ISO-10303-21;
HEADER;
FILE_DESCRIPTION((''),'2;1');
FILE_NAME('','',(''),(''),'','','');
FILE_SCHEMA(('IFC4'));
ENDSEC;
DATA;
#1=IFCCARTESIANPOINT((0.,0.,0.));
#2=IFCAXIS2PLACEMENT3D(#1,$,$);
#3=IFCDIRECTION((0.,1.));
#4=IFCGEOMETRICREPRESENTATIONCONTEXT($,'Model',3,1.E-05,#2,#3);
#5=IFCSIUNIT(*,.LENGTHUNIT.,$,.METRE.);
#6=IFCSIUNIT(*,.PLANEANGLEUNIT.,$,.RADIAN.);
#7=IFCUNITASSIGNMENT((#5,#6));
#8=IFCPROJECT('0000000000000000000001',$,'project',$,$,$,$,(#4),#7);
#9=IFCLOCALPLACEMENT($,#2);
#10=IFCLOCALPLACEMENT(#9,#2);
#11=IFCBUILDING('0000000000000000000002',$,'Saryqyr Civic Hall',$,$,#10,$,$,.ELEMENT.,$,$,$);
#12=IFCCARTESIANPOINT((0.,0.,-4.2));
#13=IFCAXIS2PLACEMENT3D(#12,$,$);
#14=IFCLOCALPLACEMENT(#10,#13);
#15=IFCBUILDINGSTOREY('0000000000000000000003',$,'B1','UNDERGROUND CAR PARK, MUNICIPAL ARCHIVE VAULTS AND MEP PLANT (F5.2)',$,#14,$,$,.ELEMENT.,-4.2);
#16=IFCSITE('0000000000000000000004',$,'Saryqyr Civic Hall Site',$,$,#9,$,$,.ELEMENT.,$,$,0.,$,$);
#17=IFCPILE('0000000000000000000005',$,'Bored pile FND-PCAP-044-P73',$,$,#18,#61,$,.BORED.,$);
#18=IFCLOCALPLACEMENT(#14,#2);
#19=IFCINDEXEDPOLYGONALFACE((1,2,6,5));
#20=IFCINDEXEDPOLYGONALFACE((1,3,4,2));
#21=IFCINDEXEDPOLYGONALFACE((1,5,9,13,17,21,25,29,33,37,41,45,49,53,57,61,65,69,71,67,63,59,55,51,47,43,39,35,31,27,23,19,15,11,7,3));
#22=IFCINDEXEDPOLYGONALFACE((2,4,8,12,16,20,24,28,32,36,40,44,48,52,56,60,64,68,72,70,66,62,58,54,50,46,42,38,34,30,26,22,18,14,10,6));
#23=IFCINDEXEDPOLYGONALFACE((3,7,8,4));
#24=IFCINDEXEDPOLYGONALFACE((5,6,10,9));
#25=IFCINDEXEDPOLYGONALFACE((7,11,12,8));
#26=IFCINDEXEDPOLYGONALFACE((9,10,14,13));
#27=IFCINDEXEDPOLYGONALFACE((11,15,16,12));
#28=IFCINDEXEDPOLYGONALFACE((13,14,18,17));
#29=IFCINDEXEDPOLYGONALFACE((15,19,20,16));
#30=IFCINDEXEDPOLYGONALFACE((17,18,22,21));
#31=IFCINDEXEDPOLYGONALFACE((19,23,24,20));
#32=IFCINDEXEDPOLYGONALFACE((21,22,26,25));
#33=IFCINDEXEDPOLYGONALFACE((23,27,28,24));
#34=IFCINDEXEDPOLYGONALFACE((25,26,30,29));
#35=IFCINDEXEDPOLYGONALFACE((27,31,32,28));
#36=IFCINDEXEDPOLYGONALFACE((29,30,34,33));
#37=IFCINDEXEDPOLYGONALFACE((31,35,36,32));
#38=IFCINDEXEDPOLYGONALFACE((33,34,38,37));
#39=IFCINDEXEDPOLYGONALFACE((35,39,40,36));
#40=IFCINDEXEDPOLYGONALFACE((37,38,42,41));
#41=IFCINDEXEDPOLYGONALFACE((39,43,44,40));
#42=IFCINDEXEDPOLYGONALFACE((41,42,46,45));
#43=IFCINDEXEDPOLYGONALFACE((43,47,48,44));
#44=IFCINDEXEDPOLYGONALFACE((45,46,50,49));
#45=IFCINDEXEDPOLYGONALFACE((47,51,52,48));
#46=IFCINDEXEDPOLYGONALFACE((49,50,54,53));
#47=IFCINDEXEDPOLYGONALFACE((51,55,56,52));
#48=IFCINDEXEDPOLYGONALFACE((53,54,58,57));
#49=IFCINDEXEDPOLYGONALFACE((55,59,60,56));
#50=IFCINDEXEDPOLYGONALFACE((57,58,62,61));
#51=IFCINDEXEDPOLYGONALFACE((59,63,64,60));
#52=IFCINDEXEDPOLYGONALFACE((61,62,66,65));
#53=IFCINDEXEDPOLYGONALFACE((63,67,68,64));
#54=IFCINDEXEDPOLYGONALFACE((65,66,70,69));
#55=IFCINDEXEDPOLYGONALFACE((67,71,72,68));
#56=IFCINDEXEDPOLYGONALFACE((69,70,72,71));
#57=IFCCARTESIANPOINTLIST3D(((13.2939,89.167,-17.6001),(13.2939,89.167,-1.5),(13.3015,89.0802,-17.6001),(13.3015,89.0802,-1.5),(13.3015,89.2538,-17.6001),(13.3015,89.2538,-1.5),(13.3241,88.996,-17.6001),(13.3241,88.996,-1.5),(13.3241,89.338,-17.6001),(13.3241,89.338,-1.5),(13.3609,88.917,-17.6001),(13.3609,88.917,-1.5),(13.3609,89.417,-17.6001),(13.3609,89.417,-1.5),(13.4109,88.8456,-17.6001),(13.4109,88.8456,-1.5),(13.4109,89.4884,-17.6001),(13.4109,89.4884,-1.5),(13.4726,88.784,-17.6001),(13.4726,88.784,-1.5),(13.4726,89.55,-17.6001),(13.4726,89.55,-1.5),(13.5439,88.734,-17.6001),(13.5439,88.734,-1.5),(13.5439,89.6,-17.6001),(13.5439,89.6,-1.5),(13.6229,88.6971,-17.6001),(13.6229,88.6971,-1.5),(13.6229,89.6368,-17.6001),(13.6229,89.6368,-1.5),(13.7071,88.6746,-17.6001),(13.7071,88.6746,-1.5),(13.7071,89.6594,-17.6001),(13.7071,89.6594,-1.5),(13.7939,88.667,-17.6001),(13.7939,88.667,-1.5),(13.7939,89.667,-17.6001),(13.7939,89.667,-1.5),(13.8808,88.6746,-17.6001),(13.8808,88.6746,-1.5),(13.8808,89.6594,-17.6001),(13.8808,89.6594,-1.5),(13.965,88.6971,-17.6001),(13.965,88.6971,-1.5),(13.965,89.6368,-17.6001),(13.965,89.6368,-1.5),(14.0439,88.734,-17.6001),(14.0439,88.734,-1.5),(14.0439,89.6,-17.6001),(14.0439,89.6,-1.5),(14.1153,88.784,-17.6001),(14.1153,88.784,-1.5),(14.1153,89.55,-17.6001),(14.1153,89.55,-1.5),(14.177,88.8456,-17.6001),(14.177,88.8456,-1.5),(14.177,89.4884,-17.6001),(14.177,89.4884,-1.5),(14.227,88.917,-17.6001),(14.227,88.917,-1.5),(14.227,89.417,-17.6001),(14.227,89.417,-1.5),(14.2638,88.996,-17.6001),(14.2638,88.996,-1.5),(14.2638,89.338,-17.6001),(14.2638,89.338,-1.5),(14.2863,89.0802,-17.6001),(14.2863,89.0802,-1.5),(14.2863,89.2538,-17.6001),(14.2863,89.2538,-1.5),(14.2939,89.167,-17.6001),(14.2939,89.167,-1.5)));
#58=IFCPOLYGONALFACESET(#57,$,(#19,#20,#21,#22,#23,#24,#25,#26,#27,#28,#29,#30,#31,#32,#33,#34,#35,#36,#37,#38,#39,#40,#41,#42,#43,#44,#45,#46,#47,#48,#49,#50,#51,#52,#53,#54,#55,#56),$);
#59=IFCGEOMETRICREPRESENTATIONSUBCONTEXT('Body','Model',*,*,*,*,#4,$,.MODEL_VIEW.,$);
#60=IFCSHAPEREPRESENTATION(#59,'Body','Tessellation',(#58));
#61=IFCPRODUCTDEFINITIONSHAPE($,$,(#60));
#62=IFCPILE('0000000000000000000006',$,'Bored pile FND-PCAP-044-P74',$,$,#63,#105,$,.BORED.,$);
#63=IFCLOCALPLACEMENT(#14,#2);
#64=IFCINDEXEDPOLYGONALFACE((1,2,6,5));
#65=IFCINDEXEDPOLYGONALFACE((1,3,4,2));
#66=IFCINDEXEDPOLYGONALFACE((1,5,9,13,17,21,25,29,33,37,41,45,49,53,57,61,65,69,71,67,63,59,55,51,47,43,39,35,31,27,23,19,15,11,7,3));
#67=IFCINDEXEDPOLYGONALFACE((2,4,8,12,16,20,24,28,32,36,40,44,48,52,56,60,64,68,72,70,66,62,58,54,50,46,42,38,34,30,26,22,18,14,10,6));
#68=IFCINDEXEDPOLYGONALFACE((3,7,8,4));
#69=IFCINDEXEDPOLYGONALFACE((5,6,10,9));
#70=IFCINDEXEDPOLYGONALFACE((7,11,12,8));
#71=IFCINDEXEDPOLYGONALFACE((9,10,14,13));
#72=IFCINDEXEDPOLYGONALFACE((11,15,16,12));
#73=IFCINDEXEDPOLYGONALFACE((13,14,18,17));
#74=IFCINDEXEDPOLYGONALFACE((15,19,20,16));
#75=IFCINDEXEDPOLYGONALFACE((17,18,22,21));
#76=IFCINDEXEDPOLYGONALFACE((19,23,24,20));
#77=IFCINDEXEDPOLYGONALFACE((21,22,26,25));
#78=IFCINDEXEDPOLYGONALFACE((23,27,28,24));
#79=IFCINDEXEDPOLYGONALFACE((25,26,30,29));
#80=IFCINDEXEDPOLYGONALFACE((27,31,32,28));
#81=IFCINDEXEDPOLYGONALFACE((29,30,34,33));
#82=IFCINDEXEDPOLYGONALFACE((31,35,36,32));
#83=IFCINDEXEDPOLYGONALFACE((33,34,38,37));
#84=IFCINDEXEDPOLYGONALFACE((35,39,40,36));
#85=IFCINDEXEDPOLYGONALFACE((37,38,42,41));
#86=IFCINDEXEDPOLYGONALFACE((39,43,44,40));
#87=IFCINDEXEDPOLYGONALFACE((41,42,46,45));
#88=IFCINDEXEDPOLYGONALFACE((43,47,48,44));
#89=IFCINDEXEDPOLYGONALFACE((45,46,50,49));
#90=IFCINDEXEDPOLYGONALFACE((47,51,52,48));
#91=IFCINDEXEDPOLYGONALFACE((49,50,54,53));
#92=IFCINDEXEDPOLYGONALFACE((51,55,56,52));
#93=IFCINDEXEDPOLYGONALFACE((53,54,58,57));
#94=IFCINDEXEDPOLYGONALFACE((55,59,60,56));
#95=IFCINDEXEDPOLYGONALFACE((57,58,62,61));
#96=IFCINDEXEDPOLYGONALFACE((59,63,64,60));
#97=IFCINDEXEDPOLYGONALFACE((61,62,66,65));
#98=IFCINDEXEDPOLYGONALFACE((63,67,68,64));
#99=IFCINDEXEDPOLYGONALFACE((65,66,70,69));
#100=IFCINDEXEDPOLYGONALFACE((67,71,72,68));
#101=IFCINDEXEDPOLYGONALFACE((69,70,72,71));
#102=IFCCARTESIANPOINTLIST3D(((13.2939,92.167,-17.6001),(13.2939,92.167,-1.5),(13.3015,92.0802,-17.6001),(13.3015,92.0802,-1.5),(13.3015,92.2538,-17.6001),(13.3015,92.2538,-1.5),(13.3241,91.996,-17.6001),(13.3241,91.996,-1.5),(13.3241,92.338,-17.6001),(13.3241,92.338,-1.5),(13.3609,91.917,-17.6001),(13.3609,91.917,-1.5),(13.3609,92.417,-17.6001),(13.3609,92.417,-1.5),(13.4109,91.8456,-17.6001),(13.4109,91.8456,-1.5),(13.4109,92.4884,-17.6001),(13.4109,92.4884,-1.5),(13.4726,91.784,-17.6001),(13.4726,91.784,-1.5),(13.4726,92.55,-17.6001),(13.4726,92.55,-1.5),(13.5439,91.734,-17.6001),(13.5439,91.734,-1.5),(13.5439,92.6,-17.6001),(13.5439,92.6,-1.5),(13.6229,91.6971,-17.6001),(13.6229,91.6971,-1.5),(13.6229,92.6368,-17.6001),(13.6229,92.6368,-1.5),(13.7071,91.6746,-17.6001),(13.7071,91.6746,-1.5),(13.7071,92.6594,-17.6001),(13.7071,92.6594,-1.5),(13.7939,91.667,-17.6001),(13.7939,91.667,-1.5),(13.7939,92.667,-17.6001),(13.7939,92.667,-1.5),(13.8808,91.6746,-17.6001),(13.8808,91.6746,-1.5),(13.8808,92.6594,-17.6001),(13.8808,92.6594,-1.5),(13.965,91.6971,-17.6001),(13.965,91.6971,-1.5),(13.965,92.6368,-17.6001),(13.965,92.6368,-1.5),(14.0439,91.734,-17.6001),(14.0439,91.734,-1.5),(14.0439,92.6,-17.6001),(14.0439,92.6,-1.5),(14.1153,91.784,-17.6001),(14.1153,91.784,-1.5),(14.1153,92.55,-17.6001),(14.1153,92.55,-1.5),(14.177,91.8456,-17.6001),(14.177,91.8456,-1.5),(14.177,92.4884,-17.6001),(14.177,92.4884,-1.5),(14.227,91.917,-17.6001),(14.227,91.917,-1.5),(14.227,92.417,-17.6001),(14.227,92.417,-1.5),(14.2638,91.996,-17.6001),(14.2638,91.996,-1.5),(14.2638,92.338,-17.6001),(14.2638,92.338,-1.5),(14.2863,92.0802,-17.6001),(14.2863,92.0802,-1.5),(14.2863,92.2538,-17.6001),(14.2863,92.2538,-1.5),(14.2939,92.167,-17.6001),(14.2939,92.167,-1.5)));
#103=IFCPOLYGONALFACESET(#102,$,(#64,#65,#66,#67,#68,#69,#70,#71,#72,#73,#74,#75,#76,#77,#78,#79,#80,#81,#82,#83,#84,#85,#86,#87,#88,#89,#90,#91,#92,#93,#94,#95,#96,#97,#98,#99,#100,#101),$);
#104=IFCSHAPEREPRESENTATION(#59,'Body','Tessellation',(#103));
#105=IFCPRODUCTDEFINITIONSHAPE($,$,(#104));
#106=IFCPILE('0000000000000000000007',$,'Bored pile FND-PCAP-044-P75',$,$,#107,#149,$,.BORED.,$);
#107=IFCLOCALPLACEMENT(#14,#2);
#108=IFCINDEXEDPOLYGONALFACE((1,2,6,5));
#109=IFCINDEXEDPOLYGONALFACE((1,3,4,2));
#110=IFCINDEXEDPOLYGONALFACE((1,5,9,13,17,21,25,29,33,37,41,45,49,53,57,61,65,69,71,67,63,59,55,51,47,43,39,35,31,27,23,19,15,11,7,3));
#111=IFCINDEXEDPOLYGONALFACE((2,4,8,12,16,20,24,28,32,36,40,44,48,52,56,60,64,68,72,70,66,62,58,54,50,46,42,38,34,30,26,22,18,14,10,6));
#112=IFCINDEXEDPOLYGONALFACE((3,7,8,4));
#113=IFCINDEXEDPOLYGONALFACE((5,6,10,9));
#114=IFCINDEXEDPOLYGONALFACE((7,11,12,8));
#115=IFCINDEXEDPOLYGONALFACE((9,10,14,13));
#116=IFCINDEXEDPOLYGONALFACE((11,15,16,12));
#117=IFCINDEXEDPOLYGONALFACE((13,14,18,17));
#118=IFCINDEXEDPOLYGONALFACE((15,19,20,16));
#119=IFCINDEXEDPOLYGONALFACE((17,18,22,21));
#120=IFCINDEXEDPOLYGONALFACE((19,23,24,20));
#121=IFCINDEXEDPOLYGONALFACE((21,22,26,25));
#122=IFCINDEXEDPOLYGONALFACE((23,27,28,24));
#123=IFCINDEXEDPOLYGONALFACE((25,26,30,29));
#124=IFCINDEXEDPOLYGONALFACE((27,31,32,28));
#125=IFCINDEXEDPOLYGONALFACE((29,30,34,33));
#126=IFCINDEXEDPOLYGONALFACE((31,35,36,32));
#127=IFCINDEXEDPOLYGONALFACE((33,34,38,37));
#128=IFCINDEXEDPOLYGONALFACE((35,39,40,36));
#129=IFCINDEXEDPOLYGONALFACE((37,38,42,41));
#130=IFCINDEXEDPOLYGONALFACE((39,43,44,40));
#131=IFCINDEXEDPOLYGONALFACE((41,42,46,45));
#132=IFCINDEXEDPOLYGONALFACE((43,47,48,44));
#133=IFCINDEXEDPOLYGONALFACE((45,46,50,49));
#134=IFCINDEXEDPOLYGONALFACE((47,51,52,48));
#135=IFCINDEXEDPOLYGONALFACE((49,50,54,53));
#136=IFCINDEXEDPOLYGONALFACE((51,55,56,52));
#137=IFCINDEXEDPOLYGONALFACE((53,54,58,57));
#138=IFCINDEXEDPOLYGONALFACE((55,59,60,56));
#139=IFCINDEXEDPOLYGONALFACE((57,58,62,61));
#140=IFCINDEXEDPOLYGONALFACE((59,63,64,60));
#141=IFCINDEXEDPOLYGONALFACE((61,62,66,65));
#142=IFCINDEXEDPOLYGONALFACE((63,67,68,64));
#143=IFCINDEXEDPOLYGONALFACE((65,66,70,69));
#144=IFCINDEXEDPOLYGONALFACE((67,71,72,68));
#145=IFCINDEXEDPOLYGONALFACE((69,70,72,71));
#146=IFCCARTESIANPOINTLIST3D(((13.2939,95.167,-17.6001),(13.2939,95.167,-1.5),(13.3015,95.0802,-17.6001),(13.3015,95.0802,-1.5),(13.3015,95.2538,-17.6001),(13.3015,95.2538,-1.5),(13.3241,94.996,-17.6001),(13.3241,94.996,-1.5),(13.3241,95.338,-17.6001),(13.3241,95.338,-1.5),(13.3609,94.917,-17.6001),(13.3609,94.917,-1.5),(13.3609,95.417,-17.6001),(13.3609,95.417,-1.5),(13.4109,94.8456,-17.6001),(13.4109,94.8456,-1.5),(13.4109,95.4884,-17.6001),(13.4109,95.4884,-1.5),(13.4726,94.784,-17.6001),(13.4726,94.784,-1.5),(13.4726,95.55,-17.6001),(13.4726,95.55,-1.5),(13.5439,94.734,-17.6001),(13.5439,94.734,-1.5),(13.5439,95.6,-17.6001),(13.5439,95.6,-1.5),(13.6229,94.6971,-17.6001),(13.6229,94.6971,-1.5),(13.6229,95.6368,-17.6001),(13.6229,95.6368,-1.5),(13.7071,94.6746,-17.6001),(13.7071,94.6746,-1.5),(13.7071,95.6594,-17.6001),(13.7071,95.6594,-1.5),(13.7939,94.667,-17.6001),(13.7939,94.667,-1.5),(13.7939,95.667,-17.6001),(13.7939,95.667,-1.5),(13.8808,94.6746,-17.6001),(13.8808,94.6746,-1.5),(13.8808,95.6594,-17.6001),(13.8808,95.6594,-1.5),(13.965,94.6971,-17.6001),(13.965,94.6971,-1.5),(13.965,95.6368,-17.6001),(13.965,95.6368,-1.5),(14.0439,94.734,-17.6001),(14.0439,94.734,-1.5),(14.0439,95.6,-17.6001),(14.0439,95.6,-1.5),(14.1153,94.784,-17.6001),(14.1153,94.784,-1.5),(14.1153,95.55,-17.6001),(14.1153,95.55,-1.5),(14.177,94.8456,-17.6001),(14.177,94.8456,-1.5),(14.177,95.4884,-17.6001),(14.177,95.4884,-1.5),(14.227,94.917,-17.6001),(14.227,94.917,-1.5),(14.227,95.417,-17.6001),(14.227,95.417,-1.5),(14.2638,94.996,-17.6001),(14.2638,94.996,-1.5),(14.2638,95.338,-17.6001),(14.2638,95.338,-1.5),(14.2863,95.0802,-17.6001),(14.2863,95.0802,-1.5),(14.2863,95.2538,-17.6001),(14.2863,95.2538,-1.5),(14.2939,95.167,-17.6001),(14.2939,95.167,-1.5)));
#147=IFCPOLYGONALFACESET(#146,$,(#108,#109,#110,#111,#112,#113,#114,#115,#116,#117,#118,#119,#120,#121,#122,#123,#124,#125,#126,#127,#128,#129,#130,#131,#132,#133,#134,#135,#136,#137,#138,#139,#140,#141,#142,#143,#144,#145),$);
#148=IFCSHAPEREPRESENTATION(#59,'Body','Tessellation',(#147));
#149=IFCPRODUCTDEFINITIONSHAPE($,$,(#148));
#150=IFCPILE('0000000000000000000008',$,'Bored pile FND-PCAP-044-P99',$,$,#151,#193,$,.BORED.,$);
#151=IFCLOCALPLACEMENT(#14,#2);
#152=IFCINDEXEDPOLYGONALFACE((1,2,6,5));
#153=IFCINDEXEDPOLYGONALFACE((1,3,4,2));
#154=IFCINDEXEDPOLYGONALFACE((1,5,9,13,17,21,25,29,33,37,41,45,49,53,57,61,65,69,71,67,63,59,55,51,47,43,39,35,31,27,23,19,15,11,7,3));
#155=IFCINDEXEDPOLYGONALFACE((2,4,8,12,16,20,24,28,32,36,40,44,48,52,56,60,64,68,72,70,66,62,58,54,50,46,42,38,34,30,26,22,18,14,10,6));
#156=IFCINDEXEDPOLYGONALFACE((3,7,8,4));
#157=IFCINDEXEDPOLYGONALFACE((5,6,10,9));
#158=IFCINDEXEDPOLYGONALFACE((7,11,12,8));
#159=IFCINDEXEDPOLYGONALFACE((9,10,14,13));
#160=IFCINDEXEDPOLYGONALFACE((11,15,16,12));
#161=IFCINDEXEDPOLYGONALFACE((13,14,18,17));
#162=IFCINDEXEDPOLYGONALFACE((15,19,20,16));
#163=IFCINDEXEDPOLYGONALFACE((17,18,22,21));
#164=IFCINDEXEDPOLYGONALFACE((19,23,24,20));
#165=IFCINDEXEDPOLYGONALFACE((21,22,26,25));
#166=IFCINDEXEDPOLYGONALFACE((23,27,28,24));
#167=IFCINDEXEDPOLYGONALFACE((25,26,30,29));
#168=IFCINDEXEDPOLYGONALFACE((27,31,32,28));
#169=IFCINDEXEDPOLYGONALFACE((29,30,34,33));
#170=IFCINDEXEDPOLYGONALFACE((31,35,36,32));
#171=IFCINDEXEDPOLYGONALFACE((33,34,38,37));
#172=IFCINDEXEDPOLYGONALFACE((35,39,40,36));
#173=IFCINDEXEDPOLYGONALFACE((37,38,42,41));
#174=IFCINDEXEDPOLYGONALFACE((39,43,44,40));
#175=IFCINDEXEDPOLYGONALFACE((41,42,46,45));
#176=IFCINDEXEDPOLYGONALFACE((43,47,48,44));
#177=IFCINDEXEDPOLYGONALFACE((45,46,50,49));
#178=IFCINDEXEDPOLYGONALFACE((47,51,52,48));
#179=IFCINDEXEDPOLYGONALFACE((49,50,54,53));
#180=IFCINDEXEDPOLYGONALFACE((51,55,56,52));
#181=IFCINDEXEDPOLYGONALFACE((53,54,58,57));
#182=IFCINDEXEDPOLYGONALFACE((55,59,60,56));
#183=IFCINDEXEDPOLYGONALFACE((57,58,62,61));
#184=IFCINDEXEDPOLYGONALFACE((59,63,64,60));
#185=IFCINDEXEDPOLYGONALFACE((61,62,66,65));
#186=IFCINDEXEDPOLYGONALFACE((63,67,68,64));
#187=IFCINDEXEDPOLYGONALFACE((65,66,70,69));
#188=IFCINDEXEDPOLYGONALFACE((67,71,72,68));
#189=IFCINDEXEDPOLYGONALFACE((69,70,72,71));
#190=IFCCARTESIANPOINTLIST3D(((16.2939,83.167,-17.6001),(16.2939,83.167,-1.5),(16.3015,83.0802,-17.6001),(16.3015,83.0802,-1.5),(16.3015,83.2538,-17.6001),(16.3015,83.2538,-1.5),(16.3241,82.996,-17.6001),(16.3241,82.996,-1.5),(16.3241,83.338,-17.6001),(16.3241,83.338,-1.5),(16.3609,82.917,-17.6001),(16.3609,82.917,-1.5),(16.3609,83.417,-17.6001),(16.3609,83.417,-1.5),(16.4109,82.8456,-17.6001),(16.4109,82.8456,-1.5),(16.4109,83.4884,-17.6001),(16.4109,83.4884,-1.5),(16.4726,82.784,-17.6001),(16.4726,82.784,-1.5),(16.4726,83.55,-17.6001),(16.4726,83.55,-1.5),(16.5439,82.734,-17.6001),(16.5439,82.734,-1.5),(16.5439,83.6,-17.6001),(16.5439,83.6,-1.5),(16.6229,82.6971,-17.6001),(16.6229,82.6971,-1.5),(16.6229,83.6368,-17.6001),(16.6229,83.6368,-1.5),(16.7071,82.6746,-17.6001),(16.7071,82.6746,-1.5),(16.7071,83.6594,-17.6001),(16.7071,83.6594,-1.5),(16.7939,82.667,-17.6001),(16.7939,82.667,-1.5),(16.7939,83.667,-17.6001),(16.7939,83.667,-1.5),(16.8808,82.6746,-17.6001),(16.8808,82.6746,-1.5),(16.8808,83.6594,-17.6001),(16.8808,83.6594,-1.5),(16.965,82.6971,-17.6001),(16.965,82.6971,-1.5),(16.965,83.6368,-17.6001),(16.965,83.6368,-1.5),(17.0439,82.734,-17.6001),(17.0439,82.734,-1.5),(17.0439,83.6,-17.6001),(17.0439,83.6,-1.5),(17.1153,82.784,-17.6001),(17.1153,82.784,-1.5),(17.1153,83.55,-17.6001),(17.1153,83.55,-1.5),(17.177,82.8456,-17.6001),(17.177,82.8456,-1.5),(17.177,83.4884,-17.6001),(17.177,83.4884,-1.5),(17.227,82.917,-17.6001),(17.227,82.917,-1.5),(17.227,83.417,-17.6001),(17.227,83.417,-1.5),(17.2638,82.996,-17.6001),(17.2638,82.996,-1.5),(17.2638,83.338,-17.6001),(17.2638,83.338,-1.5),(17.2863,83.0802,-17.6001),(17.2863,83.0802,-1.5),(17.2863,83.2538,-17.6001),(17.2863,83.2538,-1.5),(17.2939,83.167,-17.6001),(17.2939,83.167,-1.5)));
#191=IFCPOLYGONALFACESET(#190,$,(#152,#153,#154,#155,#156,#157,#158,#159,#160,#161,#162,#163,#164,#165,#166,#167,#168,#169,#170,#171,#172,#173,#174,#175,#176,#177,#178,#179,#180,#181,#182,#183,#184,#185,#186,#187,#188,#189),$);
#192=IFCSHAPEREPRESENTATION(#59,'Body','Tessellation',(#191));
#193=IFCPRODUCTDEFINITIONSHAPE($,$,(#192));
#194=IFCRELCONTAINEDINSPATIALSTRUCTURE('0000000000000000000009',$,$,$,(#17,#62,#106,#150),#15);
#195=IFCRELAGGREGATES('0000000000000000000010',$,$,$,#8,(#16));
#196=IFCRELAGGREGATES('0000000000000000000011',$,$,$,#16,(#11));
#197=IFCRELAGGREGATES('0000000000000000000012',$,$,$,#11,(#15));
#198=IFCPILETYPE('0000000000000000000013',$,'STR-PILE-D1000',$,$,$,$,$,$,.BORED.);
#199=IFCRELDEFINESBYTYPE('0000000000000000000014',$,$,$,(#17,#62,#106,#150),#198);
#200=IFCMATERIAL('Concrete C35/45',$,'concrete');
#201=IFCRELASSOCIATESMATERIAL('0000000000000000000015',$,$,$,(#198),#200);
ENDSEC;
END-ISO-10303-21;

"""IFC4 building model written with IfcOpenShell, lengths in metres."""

from ifc_helpers import new_model, si_unit, direction, frame, origin, origin_2d, place, context, subcontext, project, spatial, circle, extrude, material, material_profile, profile_set, type_object, element, save


model = new_model("IFC4")

# Units and contexts
model_context = context("Model", 3, precision=1e-05, world=origin(), true_north=direction((0.0, 1.0)))
body_context = subcontext(model_context, "Body", "Model", "MODEL_VIEW")
ifc_project = project(units=[si_unit("LENGTHUNIT", "METRE"), si_unit("PLANEANGLEUNIT", "RADIAN")], contexts=[model_context])

# Site, building, storey
site_placement = place(None, origin())
site = spatial("IfcSite", under=ifc_project, at=site_placement, Name="Saryqyr Civic Hall Site", CompositionType="ELEMENT", RefElevation=0.0)
building_placement = place(site_placement, origin())
building = spatial("IfcBuilding", under=site, at=building_placement, Name="Saryqyr Civic Hall", CompositionType="ELEMENT")
storey_placement = place(building_placement, frame((0.0, 0.0, -4.2)))
storey = spatial("IfcBuildingStorey", under=building, at=storey_placement, Name="B1", Description="UNDERGROUND CAR PARK, MUNICIPAL ARCHIVE VAULTS AND MEP PLANT (F5.2)", CompositionType="ELEMENT", Elevation=-4.2)

# Piles
ifc_material_1 = material(Name="Concrete C35/45", Category="concrete")
ifc_material_profile_1 = material_profile(ifc_material_1, circle(Radius=0.5, at=origin_2d()), Name="BORED PILE D1000")
ifc_profile_set_1 = profile_set([ifc_material_profile_1], Name="Concrete C35/45")
pile_type = type_object("IfcPileType", Name="STR-PILE-D1000", PredefinedType="BORED", material=ifc_profile_set_1)
for number, where, z_axis, x_axis, name in (
    (1, (13.7939, 89.167, -1.5), (0.0, 0.0, -1.0), (1.0, 0.0, 0.0), "Bored pile FND-PCAP-044-P73"),
    (2, (13.7939, 92.167, -1.5), (0.0, 0.0, -1.0), (1.0, 0.0, 0.0), "Bored pile FND-PCAP-044-P74"),
    (3, (13.7939, 95.167, -1.5), (0.0, 0.0, -1.0), (1.0, 0.0, 0.0), "Bored pile FND-PCAP-044-P75"),
    (4, (16.7939, 83.167, -1.5), (0.0, 0.0, -1.0), (1.0, 0.0, 0.0), "Bored pile FND-PCAP-044-P99"),
):
    element("IfcPile", number, at=place(storey_placement, frame(where, z_axis=z_axis, x_axis=x_axis)), inside=storey, type_object=pile_type, Name=name, PredefinedType="BORED", context=body_context, shape_type="SweptSolid", body=[
        extrude(circle(Radius=0.5, at=origin_2d()), origin(), (0.0, 0.0, 1.0), 16.1001),
    ])

save(model, "model.ifc")
